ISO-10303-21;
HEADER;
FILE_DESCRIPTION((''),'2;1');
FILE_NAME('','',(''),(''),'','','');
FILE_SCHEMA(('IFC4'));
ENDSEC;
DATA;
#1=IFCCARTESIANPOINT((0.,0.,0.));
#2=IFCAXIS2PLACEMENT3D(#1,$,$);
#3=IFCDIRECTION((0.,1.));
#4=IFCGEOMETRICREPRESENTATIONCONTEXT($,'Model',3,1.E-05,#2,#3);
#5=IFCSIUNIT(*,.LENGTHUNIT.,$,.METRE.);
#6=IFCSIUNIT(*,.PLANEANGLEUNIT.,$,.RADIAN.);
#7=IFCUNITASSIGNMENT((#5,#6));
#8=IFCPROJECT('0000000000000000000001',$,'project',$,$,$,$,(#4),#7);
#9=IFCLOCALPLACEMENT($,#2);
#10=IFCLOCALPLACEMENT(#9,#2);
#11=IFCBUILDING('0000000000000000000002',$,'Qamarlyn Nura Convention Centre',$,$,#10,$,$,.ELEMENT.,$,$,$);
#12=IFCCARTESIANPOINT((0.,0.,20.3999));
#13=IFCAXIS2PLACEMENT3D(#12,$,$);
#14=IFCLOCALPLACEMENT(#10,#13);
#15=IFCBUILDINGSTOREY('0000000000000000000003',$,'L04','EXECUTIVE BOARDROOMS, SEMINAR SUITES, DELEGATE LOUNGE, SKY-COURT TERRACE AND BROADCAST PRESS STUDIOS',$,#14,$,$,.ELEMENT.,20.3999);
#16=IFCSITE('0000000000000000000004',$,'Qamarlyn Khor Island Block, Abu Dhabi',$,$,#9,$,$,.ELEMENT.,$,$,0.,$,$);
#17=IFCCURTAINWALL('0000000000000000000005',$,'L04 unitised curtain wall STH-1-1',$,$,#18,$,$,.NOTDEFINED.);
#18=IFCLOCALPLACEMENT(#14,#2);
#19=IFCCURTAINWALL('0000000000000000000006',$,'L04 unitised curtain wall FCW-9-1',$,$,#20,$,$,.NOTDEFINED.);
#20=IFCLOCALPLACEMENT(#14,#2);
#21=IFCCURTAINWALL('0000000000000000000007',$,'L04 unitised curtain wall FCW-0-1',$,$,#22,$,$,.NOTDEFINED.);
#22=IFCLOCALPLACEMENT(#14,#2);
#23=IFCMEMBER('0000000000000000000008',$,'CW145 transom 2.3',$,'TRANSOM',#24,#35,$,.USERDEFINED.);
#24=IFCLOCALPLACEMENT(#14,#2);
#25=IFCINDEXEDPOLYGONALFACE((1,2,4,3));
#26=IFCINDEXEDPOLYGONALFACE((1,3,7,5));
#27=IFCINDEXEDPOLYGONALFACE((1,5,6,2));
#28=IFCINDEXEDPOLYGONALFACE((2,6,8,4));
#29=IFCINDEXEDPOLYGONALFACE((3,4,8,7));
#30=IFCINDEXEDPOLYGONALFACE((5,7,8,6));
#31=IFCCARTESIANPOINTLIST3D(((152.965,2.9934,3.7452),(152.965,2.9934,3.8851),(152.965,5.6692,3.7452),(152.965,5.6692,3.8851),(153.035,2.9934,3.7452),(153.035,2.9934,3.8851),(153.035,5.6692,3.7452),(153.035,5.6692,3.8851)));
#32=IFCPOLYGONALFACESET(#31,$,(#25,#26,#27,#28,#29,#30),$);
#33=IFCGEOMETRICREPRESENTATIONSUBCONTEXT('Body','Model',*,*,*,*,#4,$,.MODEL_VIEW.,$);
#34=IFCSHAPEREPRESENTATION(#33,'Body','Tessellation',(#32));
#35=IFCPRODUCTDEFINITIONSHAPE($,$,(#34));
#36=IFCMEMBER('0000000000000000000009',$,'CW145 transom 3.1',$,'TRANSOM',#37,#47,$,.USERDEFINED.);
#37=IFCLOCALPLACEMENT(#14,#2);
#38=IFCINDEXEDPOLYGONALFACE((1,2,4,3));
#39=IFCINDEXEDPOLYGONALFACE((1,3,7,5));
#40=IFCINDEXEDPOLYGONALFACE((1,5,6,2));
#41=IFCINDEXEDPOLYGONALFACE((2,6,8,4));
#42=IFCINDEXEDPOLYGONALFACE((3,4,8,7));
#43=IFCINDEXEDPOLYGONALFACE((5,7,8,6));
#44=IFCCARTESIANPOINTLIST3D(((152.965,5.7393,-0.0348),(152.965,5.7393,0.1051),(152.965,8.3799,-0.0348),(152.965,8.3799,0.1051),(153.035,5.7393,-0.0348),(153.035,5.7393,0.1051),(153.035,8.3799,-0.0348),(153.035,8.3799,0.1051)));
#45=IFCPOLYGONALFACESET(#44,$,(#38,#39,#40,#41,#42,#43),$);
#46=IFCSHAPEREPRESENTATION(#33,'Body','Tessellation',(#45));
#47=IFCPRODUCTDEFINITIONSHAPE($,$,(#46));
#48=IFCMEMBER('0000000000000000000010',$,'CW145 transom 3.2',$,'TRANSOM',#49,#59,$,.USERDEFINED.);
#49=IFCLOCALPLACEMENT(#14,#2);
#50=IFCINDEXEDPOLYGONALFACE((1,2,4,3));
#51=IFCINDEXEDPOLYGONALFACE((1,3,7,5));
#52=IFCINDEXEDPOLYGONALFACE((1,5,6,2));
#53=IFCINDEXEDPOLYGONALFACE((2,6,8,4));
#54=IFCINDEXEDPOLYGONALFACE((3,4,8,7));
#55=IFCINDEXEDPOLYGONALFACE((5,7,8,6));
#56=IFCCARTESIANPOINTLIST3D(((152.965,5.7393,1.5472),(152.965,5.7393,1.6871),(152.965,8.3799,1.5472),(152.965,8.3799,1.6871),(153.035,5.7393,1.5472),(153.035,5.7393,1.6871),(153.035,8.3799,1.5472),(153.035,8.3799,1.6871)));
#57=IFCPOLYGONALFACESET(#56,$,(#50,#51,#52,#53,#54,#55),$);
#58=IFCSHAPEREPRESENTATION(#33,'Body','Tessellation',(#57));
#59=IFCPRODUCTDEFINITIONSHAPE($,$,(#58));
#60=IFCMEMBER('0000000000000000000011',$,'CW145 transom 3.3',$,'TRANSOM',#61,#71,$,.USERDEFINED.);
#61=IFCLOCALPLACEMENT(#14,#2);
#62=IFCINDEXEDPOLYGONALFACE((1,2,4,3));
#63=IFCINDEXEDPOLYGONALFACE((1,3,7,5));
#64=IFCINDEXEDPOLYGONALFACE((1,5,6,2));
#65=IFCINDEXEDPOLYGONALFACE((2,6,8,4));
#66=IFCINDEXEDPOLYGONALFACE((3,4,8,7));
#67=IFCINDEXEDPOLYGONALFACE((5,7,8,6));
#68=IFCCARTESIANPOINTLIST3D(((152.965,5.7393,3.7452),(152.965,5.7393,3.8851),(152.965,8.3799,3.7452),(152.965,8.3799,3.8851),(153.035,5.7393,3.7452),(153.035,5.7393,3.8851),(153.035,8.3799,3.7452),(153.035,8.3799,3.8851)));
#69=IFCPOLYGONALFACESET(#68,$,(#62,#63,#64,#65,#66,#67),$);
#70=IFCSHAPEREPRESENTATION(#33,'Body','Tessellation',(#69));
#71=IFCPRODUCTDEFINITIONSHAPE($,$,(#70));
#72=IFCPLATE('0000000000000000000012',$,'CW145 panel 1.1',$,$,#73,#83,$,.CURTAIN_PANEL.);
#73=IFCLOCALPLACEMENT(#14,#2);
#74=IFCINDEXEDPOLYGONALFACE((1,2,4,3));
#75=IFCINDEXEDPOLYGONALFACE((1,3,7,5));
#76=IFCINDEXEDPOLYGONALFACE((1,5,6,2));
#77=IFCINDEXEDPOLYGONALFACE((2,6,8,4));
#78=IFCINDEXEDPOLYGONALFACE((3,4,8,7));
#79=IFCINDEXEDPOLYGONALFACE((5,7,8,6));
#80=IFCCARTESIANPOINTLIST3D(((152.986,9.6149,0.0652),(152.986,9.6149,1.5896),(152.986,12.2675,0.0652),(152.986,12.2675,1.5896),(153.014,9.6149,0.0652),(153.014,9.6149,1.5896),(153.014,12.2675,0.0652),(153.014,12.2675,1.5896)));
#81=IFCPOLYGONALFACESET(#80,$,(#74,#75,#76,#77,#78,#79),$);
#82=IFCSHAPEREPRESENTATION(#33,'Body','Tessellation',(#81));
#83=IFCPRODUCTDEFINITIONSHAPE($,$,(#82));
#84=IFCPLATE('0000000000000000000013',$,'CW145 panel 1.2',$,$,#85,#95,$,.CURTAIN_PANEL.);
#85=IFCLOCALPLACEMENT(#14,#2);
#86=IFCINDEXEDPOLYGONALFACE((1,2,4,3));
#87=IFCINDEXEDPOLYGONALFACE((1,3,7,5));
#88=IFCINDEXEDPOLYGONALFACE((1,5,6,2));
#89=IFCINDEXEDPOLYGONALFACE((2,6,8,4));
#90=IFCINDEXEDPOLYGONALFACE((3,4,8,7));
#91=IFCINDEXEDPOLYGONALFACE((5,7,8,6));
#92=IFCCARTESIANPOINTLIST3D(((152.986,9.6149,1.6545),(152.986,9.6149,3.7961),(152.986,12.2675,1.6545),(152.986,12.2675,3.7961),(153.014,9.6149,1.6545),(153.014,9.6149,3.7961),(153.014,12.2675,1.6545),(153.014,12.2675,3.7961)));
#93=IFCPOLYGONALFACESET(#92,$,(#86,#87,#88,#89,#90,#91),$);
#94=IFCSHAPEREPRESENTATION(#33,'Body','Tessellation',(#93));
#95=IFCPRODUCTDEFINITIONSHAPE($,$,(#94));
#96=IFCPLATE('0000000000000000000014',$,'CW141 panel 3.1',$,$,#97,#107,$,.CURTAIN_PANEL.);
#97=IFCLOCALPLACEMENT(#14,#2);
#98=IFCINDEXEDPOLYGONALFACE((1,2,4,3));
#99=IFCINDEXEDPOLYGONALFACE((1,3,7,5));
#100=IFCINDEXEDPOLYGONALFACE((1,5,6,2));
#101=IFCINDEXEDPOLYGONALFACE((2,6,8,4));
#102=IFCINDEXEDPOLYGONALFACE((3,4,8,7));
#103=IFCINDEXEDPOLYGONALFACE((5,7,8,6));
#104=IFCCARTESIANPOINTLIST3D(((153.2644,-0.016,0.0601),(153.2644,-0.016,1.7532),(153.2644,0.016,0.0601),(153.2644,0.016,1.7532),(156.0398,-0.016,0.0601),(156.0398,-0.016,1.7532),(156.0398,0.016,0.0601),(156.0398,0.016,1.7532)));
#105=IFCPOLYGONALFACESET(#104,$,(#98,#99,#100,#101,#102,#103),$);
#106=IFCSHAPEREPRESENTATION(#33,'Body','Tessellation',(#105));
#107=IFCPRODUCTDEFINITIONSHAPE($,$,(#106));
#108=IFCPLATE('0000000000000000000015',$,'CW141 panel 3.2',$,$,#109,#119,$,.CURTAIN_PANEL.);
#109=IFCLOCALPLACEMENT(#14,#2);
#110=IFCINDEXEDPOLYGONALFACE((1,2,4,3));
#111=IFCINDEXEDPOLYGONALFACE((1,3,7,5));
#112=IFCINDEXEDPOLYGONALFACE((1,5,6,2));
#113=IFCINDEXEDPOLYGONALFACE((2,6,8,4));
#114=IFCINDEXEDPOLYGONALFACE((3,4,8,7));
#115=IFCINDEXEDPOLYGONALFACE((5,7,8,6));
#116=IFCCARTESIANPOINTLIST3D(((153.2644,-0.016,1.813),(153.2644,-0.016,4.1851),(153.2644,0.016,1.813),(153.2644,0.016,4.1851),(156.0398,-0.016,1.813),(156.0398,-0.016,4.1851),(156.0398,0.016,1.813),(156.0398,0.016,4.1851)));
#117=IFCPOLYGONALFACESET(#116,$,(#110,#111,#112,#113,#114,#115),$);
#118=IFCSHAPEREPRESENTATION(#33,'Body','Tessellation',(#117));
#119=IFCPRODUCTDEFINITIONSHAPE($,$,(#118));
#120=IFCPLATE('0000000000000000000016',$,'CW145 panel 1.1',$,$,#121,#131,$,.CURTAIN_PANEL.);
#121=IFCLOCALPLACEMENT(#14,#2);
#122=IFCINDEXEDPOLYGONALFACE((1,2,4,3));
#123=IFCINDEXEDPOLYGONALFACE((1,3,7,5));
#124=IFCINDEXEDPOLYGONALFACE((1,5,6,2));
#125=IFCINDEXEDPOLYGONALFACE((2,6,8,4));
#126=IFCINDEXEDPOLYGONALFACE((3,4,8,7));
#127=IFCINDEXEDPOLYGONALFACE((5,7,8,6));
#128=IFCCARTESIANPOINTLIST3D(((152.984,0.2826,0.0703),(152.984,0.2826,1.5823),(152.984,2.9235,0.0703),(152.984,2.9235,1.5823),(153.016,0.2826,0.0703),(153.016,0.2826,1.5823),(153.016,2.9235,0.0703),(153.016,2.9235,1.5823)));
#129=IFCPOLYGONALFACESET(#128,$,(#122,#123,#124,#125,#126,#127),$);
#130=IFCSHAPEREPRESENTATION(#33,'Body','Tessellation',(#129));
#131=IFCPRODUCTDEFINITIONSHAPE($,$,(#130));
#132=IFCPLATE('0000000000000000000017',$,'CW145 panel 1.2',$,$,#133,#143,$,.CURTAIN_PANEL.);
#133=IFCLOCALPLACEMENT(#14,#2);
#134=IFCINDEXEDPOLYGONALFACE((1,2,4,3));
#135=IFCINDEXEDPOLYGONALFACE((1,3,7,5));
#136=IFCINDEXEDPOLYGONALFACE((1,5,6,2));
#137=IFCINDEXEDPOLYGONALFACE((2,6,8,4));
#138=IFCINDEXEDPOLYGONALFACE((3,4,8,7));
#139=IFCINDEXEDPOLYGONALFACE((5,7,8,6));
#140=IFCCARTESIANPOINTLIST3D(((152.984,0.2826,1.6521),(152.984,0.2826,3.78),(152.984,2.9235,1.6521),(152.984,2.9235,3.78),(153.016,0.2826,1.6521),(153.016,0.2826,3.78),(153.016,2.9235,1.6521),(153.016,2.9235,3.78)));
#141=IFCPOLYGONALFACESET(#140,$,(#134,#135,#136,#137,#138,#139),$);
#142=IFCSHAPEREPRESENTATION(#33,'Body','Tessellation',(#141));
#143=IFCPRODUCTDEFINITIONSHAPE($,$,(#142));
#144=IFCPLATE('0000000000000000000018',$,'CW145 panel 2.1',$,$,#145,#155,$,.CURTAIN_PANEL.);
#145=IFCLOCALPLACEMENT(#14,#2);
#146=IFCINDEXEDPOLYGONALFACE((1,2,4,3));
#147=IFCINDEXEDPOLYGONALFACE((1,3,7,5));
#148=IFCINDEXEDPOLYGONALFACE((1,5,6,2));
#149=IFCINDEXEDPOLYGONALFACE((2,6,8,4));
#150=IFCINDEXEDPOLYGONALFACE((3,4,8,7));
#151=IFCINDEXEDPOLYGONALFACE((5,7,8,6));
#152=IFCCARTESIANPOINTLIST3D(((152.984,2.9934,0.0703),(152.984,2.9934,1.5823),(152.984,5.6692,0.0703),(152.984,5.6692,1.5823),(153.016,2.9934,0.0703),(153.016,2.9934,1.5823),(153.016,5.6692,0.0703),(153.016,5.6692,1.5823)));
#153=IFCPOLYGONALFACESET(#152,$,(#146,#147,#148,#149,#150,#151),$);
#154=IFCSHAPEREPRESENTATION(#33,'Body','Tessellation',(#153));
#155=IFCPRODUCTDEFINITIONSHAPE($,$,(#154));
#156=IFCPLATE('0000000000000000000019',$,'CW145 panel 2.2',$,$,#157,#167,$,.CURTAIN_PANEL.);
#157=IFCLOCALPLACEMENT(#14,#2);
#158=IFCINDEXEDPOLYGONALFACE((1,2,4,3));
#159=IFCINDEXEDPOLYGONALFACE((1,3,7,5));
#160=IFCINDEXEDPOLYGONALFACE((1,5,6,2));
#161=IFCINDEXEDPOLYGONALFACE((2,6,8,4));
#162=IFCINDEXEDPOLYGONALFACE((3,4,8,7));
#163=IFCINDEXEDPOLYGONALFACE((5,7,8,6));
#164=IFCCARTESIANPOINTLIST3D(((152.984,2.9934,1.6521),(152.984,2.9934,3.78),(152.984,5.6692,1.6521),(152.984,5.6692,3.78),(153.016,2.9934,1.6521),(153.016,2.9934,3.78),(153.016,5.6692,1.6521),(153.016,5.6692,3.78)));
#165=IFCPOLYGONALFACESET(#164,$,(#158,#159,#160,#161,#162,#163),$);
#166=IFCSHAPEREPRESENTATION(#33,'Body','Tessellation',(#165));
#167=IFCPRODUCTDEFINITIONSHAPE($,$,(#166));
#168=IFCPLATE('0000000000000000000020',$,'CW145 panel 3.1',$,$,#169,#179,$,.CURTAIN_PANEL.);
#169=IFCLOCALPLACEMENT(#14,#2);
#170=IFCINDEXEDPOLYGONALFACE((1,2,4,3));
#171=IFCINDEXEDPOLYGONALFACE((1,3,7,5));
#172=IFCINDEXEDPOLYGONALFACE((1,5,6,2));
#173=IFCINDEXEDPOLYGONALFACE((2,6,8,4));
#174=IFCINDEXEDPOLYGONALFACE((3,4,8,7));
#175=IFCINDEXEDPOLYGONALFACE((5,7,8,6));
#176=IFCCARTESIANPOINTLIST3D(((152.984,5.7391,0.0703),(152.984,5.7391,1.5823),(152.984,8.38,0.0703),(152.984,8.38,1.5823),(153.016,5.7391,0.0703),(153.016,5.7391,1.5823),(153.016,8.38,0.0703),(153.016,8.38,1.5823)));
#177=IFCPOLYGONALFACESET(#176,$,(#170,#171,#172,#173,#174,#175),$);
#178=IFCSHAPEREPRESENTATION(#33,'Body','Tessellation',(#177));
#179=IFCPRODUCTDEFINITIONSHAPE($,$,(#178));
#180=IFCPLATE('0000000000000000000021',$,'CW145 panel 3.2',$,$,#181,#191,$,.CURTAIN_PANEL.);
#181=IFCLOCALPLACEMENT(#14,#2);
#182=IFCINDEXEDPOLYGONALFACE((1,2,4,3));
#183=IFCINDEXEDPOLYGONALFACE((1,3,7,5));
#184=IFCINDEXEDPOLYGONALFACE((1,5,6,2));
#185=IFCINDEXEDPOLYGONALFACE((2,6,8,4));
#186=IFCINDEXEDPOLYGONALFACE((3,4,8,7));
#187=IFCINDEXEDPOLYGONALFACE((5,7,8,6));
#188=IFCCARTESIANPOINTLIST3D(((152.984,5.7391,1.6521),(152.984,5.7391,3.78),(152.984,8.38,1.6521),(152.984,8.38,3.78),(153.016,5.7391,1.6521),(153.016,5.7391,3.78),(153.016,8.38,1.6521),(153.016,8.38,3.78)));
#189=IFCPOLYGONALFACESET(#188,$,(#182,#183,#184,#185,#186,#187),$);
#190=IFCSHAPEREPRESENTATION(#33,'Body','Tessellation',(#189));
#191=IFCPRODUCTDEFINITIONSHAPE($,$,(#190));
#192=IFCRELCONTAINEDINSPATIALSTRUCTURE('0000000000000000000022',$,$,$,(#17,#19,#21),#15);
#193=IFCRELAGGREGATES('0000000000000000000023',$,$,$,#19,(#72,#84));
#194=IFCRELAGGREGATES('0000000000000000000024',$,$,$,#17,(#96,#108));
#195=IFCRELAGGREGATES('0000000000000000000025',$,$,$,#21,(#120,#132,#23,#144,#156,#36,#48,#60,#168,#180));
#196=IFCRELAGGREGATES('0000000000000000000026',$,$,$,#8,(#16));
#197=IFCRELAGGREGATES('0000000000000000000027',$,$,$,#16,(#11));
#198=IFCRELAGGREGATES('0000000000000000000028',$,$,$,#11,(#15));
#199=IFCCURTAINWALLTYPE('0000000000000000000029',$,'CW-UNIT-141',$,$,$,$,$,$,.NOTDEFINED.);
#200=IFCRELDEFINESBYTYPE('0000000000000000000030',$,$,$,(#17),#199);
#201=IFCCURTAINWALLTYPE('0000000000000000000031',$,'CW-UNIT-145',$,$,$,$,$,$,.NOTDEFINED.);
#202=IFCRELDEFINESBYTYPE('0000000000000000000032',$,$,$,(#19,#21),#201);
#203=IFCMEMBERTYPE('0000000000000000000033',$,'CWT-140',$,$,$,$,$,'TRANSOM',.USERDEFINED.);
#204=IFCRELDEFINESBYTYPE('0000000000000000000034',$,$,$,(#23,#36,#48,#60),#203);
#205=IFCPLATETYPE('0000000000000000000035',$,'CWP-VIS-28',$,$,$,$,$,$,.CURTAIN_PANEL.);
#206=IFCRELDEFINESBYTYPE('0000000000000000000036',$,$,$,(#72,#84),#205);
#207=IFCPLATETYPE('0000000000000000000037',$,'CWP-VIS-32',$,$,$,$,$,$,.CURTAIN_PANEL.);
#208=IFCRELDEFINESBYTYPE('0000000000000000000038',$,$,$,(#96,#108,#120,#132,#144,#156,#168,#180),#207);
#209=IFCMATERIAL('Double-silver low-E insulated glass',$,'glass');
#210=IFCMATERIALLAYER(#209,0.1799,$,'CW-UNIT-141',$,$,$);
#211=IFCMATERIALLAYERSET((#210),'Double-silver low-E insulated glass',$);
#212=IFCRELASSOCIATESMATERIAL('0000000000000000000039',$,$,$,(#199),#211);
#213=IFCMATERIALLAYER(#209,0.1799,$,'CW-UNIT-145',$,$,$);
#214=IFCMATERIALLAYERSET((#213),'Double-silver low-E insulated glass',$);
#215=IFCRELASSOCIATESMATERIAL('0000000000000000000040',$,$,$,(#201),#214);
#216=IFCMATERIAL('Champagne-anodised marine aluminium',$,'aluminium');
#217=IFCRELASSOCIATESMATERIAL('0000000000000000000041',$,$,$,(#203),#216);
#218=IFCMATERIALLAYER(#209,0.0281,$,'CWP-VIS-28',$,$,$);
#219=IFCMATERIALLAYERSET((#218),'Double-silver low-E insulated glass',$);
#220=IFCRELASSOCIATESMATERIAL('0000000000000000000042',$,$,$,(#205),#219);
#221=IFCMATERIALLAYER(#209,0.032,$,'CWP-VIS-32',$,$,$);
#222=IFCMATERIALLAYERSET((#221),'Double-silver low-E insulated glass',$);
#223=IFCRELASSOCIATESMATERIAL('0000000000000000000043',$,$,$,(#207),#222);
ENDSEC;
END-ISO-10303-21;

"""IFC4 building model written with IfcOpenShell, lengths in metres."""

from ifc_helpers import new_model, si_unit, direction, frame, origin, origin_2d, place, context, subcontext, project, spatial, rectangle, extrude, material, layer, layer_set, material_profile, profile_set, type_object, element, aggregate, save


model = new_model("IFC4")

# Units and contexts
model_context = context("Model", 3, precision=1e-05, world=origin(), true_north=direction((0.0, 1.0)))
body_context = subcontext(model_context, "Body", "Model", "MODEL_VIEW")
ifc_project = project(units=[si_unit("LENGTHUNIT", "METRE"), si_unit("PLANEANGLEUNIT", "RADIAN")], contexts=[model_context])

# Site, building, storey
site_placement = place(None, origin())
site = spatial("IfcSite", under=ifc_project, at=site_placement, Name="Qamarlyn Khor Island Block, Abu Dhabi", CompositionType="ELEMENT", RefElevation=0.0)
building_placement = place(site_placement, origin())
building = spatial("IfcBuilding", under=site, at=building_placement, Name="Qamarlyn Nura Convention Centre", CompositionType="ELEMENT")
storey_placement = place(building_placement, frame((0.0, 0.0, 20.3999)))
storey = spatial("IfcBuildingStorey", under=building, at=storey_placement, Name="L04", Description="EXECUTIVE BOARDROOMS, SEMINAR SUITES, DELEGATE LOUNGE, SKY-COURT TERRACE AND BROADCAST PRESS STUDIOS", CompositionType="ELEMENT", Elevation=20.3999)

# Curtain wall
ifc_material_1 = material(Name="Double-silver low-E insulated glass", Category="glass")
ifc_layer_1 = layer(ifc_material_1, 0.1799, Name="CW-UNIT-141")
ifc_layer_set_1 = layer_set([ifc_layer_1], Name="Double-silver low-E insulated glass")
curtain_wall_type_1 = type_object("IfcCurtainWallType", Name="CW-UNIT-141", PredefinedType="NOTDEFINED", material=ifc_layer_set_1)
curtain_wall_1_placement = place(storey_placement, origin())
curtain_wall_1 = element("IfcCurtainWall", 1, at=curtain_wall_1_placement, inside=storey, type_object=curtain_wall_type_1, Name="L04 unitised curtain wall STH-1-1", PredefinedType="NOTDEFINED")
ifc_material_2 = material(Name="Champagne-anodised marine aluminium", Category="aluminium")

# Curtain walls
ifc_layer_2 = layer(ifc_material_1, 0.1799, Name="CW-UNIT-145")
ifc_layer_set_2 = layer_set([ifc_layer_2], Name="Double-silver low-E insulated glass")
curtain_wall_type_2 = type_object("IfcCurtainWallType", Name="CW-UNIT-145", PredefinedType="NOTDEFINED", material=ifc_layer_set_2)
curtain_wall_2_placement = place(storey_placement, origin())
curtain_wall_2 = element("IfcCurtainWall", 2, at=curtain_wall_2_placement, inside=storey, type_object=curtain_wall_type_2, Name="L04 unitised curtain wall FCW-9-1", PredefinedType="NOTDEFINED")
curtain_wall_3_placement = place(storey_placement, origin())
curtain_wall_3 = element("IfcCurtainWall", 3, at=curtain_wall_3_placement, inside=storey, type_object=curtain_wall_type_2, Name="L04 unitised curtain wall FCW-0-1", PredefinedType="NOTDEFINED")

# Members
ifc_material_profile_1 = material_profile(ifc_material_2, rectangle(XDim=0.0701, YDim=0.1399, at=origin_2d()), Name="ALU TRANSOM 70x140")
ifc_profile_set_1 = profile_set([ifc_material_profile_1], Name="Champagne-anodised marine aluminium")
member_type_1 = type_object("IfcMemberType", Name="CWT-140", ElementType="TRANSOM", PredefinedType="USERDEFINED", material=ifc_profile_set_1)
member_1_placement = place(storey_placement, frame((153.0, 2.9934, 3.8152), z_axis=(0.0, 1.0, 0.0), x_axis=(-1.0, 0.0, 0.0)))
member_1 = element("IfcMember", 4, at=member_1_placement, type_object=member_type_1, Name="CW145 transom 2.3", ObjectType="TRANSOM", PredefinedType="USERDEFINED", context=body_context, shape_type="SweptSolid", body=[
    extrude(rectangle(XDim=0.0701, YDim=0.1399, at=origin_2d()), origin(), (0.0, 0.0, 1.0), 2.6758),
])
member_2_placement = place(storey_placement, frame((153.0, 5.7393, 0.0352), z_axis=(0.0, 1.0, 0.0), x_axis=(-1.0, 0.0, 0.0)))
member_2 = element("IfcMember", 5, at=member_2_placement, type_object=member_type_1, Name="CW145 transom 3.1", ObjectType="TRANSOM", PredefinedType="USERDEFINED", context=body_context, shape_type="SweptSolid", body=[
    extrude(rectangle(XDim=0.0701, YDim=0.1399, at=origin_2d()), origin(), (0.0, 0.0, 1.0), 2.6406),
])
member_3_placement = place(storey_placement, frame((153.0, 5.7393, 1.6172), z_axis=(0.0, 1.0, 0.0), x_axis=(-1.0, 0.0, 0.0)))
member_3 = element("IfcMember", 6, at=member_3_placement, type_object=member_type_1, Name="CW145 transom 3.2", ObjectType="TRANSOM", PredefinedType="USERDEFINED", context=body_context, shape_type="SweptSolid", body=[
    extrude(rectangle(XDim=0.0701, YDim=0.1399, at=origin_2d()), origin(), (0.0, 0.0, 1.0), 2.6406),
])
member_4_placement = place(storey_placement, frame((153.0, 5.7393, 3.8152), z_axis=(0.0, 1.0, 0.0), x_axis=(-1.0, 0.0, 0.0)))
member_4 = element("IfcMember", 7, at=member_4_placement, type_object=member_type_1, Name="CW145 transom 3.3", ObjectType="TRANSOM", PredefinedType="USERDEFINED", context=body_context, shape_type="SweptSolid", body=[
    extrude(rectangle(XDim=0.0701, YDim=0.1399, at=origin_2d()), origin(), (0.0, 0.0, 1.0), 2.6406),
])

# Plates
ifc_layer_3 = layer(ifc_material_1, 0.0281, Name="CWP-VIS-28")
ifc_layer_set_3 = layer_set([ifc_layer_3], Name="Double-silver low-E insulated glass")
plate_type_1 = type_object("IfcPlateType", Name="CWP-VIS-28", PredefinedType="CURTAIN_PANEL", material=ifc_layer_set_3)
plate_1_placement = place(storey_placement, frame((153.0, 10.9412, 0.0652), z_axis=(0.0, 0.0, 1.0), x_axis=(0.0, 1.0, 0.0)))
plate_1 = element("IfcPlate", 8, at=plate_1_placement, type_object=plate_type_1, Name="CW145 panel 1.1", PredefinedType="CURTAIN_PANEL", context=body_context, shape_type="SweptSolid", body=[
    extrude(rectangle(XDim=2.6526, YDim=0.0281, at=origin_2d()), origin(), (0.0, 0.0, 1.0), 1.5244),
])
plate_2_placement = place(storey_placement, frame((153.0, 10.9412, 1.6545), z_axis=(0.0, 0.0, 1.0), x_axis=(0.0, 1.0, 0.0)))
plate_2 = element("IfcPlate", 9, at=plate_2_placement, type_object=plate_type_1, Name="CW145 panel 1.2", PredefinedType="CURTAIN_PANEL", context=body_context, shape_type="SweptSolid", body=[
    extrude(rectangle(XDim=2.6526, YDim=0.0281, at=origin_2d()), origin(), (0.0, 0.0, 1.0), 2.1416),
])
aggregate(curtain_wall_2, [plate_1, plate_2])
ifc_layer_4 = layer(ifc_material_1, 0.032, Name="CWP-VIS-32")
ifc_layer_set_4 = layer_set([ifc_layer_4], Name="Double-silver low-E insulated glass")
plate_type_2 = type_object("IfcPlateType", Name="CWP-VIS-32", PredefinedType="CURTAIN_PANEL", material=ifc_layer_set_4)
plate_3_placement = place(storey_placement, frame((154.6521, 0.0, 0.0601), z_axis=(0.0, 0.0, 1.0), x_axis=(-1.0, 0.0, 0.0)))
plate_3 = element("IfcPlate", 10, at=plate_3_placement, type_object=plate_type_2, Name="CW141 panel 3.1", PredefinedType="CURTAIN_PANEL", context=body_context, shape_type="SweptSolid", body=[
    extrude(rectangle(XDim=2.7754, YDim=0.032, at=origin_2d()), origin(), (0.0, 0.0, 1.0), 1.6931),
])
plate_4_placement = place(storey_placement, frame((154.6521, 0.0, 1.813), z_axis=(0.0, 0.0, 1.0), x_axis=(-1.0, 0.0, 0.0)))
plate_4 = element("IfcPlate", 11, at=plate_4_placement, type_object=plate_type_2, Name="CW141 panel 3.2", PredefinedType="CURTAIN_PANEL", context=body_context, shape_type="SweptSolid", body=[
    extrude(rectangle(XDim=2.7754, YDim=0.032, at=origin_2d()), origin(), (0.0, 0.0, 1.0), 2.3721),
])
aggregate(curtain_wall_1, [plate_3, plate_4])
plate_5_placement = place(storey_placement, frame((153.0, 1.603, 0.0703), z_axis=(0.0, 0.0, 1.0), x_axis=(0.0, 1.0, 0.0)))
plate_5 = element("IfcPlate", 12, at=plate_5_placement, type_object=plate_type_2, Name="CW145 panel 1.1", PredefinedType="CURTAIN_PANEL", context=body_context, shape_type="SweptSolid", body=[
    extrude(rectangle(XDim=2.6409, YDim=0.032, at=origin_2d()), origin(), (0.0, 0.0, 1.0), 1.512),
])
plate_6_placement = place(storey_placement, frame((153.0, 1.603, 1.6521), z_axis=(0.0, 0.0, 1.0), x_axis=(0.0, 1.0, 0.0)))
plate_6 = element("IfcPlate", 13, at=plate_6_placement, type_object=plate_type_2, Name="CW145 panel 1.2", PredefinedType="CURTAIN_PANEL", context=body_context, shape_type="SweptSolid", body=[
    extrude(rectangle(XDim=2.6409, YDim=0.032, at=origin_2d()), origin(), (0.0, 0.0, 1.0), 2.1279),
])
plate_7_placement = place(storey_placement, frame((153.0, 4.3313, 0.0703), z_axis=(0.0, 0.0, 1.0), x_axis=(0.0, 1.0, 0.0)))
plate_7 = element("IfcPlate", 14, at=plate_7_placement, type_object=plate_type_2, Name="CW145 panel 2.1", PredefinedType="CURTAIN_PANEL", context=body_context, shape_type="SweptSolid", body=[
    extrude(rectangle(XDim=2.6758, YDim=0.032, at=origin_2d()), origin(), (0.0, 0.0, 1.0), 1.512),
])
plate_8_placement = place(storey_placement, frame((153.0, 4.3313, 1.6521), z_axis=(0.0, 0.0, 1.0), x_axis=(0.0, 1.0, 0.0)))
plate_8 = element("IfcPlate", 15, at=plate_8_placement, type_object=plate_type_2, Name="CW145 panel 2.2", PredefinedType="CURTAIN_PANEL", context=body_context, shape_type="SweptSolid", body=[
    extrude(rectangle(XDim=2.6758, YDim=0.032, at=origin_2d()), origin(), (0.0, 0.0, 1.0), 2.1279),
])
plate_9_placement = place(storey_placement, frame((153.0, 7.0596, 0.0703), z_axis=(0.0, 0.0, 1.0), x_axis=(0.0, 1.0, 0.0)))
plate_9 = element("IfcPlate", 16, at=plate_9_placement, type_object=plate_type_2, Name="CW145 panel 3.1", PredefinedType="CURTAIN_PANEL", context=body_context, shape_type="SweptSolid", body=[
    extrude(rectangle(XDim=2.6409, YDim=0.032, at=origin_2d()), origin(), (0.0, 0.0, 1.0), 1.512),
])
plate_10_placement = place(storey_placement, frame((153.0, 7.0596, 1.6521), z_axis=(0.0, 0.0, 1.0), x_axis=(0.0, 1.0, 0.0)))
plate_10 = element("IfcPlate", 17, at=plate_10_placement, type_object=plate_type_2, Name="CW145 panel 3.2", PredefinedType="CURTAIN_PANEL", context=body_context, shape_type="SweptSolid", body=[
    extrude(rectangle(XDim=2.6409, YDim=0.032, at=origin_2d()), origin(), (0.0, 0.0, 1.0), 2.1279),
])
aggregate(curtain_wall_3, [plate_5, plate_6, member_1, plate_7, plate_8, member_2, member_3, member_4, plate_9, plate_10])

save(model, "model.ifc")
